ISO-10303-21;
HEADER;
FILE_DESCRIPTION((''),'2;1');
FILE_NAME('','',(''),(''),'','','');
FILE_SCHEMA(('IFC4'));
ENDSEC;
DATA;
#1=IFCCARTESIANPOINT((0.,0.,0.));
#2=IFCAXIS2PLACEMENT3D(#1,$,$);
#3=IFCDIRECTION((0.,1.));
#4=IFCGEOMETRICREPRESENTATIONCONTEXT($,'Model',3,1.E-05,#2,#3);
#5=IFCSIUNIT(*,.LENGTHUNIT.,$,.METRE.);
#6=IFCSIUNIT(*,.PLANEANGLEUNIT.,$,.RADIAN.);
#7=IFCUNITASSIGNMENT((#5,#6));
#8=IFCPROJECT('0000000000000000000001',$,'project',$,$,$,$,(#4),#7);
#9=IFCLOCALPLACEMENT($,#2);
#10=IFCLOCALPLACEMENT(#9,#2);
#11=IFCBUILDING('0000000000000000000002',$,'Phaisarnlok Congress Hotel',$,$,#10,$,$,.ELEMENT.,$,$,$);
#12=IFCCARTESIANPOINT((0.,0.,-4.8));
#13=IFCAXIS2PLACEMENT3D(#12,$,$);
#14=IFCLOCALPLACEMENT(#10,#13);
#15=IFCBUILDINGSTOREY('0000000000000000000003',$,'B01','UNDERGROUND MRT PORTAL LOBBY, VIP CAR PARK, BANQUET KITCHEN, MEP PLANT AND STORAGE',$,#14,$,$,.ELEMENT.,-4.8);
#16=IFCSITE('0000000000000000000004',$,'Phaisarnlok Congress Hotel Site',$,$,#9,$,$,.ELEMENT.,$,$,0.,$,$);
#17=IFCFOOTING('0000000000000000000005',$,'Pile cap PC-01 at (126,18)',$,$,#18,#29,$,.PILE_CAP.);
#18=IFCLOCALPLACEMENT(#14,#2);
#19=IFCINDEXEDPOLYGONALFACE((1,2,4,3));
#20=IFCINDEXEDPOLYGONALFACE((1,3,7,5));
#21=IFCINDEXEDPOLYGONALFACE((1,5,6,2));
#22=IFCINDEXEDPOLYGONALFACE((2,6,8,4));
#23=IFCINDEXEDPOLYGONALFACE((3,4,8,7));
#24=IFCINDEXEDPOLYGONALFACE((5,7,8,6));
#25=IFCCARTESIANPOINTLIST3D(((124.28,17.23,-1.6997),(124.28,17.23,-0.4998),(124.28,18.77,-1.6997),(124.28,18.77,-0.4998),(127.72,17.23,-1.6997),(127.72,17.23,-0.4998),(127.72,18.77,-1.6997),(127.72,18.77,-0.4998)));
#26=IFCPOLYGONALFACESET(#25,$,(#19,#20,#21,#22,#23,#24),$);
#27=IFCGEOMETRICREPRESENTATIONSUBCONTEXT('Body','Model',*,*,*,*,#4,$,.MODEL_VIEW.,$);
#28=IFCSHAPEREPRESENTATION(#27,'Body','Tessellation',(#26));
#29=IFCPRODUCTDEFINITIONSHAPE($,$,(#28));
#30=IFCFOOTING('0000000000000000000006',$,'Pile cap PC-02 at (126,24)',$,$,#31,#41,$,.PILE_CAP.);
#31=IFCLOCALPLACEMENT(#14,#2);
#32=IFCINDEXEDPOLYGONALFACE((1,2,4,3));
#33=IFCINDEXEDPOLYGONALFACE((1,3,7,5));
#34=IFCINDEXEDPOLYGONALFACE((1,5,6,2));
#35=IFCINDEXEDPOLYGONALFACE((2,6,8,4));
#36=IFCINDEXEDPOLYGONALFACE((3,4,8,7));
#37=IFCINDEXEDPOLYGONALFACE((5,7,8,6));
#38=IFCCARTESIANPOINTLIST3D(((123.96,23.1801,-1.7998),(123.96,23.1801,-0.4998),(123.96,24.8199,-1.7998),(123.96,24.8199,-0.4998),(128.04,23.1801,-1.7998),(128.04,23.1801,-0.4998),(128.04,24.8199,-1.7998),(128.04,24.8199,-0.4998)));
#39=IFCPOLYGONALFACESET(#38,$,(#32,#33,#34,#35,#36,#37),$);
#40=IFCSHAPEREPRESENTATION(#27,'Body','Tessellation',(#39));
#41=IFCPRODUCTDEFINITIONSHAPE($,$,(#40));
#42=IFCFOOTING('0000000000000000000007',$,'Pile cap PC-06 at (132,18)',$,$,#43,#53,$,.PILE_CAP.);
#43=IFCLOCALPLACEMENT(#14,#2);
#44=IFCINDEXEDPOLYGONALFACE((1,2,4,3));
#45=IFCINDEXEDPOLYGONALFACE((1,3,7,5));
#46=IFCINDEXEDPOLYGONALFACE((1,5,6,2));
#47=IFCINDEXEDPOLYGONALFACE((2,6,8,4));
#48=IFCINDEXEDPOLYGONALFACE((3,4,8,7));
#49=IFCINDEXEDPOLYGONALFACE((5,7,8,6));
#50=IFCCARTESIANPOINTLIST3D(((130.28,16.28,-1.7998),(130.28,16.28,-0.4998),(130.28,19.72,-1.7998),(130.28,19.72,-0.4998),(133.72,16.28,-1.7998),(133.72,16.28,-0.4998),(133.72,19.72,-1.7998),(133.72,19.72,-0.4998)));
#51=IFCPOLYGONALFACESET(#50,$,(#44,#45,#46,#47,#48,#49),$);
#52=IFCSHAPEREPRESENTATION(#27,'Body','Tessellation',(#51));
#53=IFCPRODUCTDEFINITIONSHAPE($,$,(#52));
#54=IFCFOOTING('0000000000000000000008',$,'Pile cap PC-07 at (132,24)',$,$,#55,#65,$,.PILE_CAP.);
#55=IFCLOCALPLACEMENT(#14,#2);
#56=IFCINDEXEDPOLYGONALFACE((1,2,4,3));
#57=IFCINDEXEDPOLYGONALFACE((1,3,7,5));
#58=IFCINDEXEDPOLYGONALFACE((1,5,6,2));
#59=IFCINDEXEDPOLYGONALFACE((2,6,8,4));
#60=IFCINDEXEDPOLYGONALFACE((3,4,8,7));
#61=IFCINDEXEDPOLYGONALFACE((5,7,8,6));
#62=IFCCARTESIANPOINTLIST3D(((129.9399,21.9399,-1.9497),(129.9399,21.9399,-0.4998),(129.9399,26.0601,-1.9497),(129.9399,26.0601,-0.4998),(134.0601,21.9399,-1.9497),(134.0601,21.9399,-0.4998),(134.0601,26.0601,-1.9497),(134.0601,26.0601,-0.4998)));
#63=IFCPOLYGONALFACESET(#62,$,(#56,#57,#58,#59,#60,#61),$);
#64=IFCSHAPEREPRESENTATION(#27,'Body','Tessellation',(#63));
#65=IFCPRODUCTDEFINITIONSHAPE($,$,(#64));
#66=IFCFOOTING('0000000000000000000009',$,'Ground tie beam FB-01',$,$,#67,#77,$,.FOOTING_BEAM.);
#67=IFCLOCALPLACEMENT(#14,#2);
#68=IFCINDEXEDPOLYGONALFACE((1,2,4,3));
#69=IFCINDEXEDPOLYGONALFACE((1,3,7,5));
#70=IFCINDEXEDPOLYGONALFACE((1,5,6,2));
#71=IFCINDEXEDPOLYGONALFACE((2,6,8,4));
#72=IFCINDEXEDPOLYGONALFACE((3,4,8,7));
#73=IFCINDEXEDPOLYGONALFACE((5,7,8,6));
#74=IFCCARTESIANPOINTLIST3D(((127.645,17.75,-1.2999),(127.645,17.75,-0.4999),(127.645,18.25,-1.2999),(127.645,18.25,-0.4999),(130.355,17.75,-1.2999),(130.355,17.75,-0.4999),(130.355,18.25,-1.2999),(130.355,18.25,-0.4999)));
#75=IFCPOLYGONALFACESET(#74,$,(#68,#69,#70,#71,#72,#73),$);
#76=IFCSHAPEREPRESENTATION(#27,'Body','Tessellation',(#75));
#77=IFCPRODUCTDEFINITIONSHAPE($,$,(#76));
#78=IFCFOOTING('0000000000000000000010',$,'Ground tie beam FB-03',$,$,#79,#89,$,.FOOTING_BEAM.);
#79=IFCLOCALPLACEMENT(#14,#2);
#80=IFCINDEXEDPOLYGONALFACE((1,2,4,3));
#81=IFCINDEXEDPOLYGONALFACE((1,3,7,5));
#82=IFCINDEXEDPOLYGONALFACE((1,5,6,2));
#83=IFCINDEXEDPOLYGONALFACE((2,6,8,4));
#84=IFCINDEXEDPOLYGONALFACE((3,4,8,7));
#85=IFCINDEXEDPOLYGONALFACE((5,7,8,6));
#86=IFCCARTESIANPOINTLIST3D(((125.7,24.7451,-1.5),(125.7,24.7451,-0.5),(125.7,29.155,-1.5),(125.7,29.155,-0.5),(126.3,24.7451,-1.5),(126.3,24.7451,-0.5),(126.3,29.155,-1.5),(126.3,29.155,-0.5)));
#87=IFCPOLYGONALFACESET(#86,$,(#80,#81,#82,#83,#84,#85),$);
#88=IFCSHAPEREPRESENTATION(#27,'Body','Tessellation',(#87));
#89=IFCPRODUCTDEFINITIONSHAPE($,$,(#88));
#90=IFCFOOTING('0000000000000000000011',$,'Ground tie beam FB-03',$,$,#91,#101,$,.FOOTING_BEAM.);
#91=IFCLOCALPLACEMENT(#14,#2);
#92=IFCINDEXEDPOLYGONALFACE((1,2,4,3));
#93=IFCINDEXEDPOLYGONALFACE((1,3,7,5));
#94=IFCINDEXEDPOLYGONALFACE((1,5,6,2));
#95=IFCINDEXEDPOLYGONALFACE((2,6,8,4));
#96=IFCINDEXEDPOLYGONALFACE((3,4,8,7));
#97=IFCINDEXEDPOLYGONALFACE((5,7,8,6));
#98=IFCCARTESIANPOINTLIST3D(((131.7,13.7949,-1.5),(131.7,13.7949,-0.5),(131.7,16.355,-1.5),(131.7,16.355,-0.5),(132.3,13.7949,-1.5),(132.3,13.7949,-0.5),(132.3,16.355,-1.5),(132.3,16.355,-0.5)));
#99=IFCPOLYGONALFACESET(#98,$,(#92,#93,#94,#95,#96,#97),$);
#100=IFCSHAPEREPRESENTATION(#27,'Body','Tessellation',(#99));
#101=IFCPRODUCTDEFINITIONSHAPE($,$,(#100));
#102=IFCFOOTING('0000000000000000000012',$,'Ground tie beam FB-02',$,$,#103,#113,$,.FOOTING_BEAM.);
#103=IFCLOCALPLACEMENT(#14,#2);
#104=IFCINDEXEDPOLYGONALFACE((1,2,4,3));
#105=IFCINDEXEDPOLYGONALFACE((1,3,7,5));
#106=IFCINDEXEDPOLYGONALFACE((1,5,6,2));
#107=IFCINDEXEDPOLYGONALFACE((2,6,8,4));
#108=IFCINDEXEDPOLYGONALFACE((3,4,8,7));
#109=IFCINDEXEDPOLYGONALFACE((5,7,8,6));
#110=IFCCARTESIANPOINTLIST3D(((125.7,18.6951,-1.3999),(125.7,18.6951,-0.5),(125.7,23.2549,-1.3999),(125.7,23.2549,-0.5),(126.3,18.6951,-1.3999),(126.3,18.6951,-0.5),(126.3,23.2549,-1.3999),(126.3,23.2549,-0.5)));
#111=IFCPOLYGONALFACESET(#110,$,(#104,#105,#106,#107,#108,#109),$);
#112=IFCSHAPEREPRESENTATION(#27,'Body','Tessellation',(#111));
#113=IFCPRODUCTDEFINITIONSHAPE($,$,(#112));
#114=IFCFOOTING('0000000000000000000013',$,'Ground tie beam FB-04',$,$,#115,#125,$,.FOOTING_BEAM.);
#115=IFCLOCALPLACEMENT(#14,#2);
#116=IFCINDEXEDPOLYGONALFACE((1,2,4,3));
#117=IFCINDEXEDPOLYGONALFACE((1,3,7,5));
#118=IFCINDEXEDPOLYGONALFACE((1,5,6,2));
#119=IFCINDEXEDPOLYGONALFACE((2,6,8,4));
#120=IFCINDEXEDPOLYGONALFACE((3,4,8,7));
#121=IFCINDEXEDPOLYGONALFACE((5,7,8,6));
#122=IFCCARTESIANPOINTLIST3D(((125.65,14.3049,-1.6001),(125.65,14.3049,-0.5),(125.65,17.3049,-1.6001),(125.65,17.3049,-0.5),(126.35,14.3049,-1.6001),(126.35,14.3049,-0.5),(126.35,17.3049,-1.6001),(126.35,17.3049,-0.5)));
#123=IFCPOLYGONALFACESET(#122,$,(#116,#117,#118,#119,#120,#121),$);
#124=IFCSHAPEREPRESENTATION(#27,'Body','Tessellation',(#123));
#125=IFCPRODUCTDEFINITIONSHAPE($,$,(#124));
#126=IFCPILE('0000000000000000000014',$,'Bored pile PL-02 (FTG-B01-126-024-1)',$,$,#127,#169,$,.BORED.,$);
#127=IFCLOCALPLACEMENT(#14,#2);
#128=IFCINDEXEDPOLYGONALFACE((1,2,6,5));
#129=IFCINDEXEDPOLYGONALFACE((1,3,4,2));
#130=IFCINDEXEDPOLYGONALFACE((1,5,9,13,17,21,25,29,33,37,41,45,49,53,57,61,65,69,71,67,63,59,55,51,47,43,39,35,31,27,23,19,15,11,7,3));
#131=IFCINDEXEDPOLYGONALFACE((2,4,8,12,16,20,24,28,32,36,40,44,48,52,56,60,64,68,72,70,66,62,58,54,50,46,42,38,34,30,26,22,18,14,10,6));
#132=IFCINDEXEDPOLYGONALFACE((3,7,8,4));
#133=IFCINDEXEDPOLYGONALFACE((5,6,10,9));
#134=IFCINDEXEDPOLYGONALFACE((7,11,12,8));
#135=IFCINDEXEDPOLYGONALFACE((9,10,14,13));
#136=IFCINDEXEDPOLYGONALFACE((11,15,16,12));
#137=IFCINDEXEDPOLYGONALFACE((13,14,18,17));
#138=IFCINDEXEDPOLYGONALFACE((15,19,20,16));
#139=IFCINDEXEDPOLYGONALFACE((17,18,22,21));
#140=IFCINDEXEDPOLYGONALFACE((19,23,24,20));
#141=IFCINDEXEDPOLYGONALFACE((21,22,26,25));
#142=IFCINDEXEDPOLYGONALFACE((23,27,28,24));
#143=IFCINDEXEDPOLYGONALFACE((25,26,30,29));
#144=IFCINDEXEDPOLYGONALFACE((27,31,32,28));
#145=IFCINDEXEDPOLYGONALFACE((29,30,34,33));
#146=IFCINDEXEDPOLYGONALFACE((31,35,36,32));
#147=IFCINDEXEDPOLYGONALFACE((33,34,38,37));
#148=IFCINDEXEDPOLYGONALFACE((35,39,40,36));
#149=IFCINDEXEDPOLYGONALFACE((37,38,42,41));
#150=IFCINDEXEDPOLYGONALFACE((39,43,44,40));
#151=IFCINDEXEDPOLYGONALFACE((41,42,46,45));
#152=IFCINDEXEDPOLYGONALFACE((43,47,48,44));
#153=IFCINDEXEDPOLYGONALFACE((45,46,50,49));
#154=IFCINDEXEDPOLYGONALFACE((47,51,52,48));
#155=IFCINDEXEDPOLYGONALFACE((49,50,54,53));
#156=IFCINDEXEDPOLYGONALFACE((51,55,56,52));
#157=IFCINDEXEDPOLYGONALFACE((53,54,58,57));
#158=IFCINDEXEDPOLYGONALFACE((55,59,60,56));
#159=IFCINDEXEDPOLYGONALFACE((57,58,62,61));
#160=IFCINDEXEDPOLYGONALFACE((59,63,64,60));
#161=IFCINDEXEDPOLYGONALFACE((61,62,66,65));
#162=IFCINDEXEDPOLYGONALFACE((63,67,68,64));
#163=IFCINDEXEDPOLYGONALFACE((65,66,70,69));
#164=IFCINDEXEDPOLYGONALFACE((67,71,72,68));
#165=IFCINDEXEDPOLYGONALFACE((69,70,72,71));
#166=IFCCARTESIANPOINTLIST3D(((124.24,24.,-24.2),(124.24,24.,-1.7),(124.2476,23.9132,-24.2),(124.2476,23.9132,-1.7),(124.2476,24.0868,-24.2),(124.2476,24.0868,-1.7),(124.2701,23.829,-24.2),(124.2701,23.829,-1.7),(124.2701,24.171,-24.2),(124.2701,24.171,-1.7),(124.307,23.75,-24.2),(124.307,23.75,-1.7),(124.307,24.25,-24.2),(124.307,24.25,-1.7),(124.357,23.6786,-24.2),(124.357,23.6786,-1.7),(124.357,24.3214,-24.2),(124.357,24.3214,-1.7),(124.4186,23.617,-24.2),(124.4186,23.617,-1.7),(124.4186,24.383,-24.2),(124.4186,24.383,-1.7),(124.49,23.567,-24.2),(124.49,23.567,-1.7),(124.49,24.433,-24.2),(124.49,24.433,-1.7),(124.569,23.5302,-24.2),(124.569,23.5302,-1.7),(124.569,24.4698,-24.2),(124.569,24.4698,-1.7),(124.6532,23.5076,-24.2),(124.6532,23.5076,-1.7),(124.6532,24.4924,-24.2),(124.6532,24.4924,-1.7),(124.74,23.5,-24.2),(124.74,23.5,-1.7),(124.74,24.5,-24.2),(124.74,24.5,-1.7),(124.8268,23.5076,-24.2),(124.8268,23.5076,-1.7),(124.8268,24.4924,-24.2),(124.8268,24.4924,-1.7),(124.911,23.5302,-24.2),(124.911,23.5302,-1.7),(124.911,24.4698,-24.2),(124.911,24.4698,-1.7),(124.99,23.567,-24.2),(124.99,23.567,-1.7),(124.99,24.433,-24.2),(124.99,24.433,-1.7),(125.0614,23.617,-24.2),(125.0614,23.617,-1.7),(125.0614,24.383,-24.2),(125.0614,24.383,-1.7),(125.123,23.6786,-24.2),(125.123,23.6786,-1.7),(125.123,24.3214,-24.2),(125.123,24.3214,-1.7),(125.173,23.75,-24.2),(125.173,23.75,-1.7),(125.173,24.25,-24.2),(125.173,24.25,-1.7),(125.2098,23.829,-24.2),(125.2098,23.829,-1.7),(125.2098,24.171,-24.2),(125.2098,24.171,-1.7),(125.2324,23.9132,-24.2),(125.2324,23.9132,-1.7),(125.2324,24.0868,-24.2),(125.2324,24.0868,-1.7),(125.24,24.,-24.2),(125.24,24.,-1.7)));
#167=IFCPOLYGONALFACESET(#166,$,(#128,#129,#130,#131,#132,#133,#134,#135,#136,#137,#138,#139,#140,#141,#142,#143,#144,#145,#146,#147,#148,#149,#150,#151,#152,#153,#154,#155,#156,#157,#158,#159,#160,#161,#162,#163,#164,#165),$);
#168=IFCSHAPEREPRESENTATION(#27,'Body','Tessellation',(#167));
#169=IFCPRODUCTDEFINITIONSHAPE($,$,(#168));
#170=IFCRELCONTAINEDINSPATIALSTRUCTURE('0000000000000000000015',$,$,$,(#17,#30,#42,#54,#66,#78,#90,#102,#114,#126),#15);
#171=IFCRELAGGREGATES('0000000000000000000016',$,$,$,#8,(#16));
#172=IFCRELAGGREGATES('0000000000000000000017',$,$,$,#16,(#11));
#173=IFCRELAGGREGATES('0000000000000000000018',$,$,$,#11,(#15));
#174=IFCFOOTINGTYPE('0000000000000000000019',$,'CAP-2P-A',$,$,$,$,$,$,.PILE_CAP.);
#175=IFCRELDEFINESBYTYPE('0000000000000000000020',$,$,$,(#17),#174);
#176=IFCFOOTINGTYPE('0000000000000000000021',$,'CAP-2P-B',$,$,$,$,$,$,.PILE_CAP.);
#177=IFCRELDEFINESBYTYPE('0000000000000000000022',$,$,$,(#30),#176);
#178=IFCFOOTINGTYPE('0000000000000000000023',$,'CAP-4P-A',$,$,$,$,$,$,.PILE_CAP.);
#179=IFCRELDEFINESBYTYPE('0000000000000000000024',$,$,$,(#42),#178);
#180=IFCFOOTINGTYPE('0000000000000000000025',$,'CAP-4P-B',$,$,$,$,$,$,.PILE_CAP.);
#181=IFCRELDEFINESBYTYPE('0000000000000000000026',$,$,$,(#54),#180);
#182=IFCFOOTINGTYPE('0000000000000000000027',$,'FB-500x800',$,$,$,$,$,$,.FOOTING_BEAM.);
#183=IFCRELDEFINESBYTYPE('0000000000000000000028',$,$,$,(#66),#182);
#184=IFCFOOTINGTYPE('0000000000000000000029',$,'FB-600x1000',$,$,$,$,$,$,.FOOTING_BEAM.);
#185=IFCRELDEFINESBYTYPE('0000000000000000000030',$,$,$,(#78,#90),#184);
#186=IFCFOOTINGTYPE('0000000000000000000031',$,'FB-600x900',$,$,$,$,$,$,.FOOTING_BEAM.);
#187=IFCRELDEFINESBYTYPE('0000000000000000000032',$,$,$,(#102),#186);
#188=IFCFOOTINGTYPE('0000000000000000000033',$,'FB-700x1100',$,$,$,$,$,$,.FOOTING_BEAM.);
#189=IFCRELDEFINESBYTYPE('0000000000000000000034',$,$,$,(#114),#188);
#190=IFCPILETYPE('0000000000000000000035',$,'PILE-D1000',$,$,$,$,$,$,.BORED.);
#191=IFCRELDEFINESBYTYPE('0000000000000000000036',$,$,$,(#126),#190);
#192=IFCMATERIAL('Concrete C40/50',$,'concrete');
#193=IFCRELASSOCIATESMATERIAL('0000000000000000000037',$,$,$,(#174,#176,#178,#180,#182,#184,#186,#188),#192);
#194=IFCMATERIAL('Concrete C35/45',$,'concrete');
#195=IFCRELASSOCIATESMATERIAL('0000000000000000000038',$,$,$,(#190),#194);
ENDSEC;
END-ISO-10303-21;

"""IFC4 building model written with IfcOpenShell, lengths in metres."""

from ifc_helpers import new_model, si_unit, direction, frame, origin, origin_2d, place, context, subcontext, project, spatial, rectangle, circle, extrude, material, material_profile, profile_set, type_object, element, save


model = new_model("IFC4")

# Units and contexts
model_context = context("Model", 3, precision=1e-05, world=origin(), true_north=direction((0.0, 1.0)))
body_context = subcontext(model_context, "Body", "Model", "MODEL_VIEW")
ifc_project = project(units=[si_unit("LENGTHUNIT", "METRE"), si_unit("PLANEANGLEUNIT", "RADIAN")], contexts=[model_context])

# Site, building, storey
site_placement = place(None, origin())
site = spatial("IfcSite", under=ifc_project, at=site_placement, Name="Phaisarnlok Congress Hotel Site", CompositionType="ELEMENT", RefElevation=0.0)
building_placement = place(site_placement, origin())
building = spatial("IfcBuilding", under=site, at=building_placement, Name="Phaisarnlok Congress Hotel", CompositionType="ELEMENT")
storey_placement = place(building_placement, frame((0.0, 0.0, -4.8)))
storey = spatial("IfcBuildingStorey", under=building, at=storey_placement, Name="B01", Description="UNDERGROUND MRT PORTAL LOBBY, VIP CAR PARK, BANQUET KITCHEN, MEP PLANT AND STORAGE", CompositionType="ELEMENT", Elevation=-4.8)

# Footings
ifc_material_1 = material(Name="Concrete C40/50", Category="concrete")
footing_type_1 = type_object("IfcFootingType", Name="CAP-2P-A", PredefinedType="PILE_CAP", material=ifc_material_1)
footing_1_placement = place(storey_placement, frame((126.0, 18.0, -1.6997), z_axis=(0.0, 0.0, 1.0), x_axis=(1.0, 0.0, 0.0)))
element("IfcFooting", 1, at=footing_1_placement, inside=storey, type_object=footing_type_1, Name="Pile cap PC-01 at (126,18)", PredefinedType="PILE_CAP", context=body_context, shape_type="SweptSolid", body=[
    extrude(rectangle(XDim=3.4399, YDim=1.54, at=origin_2d()), origin(), (0.0, 0.0, 1.0), 1.2),
])
footing_type_2 = type_object("IfcFootingType", Name="CAP-2P-B", PredefinedType="PILE_CAP", material=ifc_material_1)
footing_2_placement = place(storey_placement, frame((126.0, 24.0, -1.7998), z_axis=(0.0, 0.0, 1.0), x_axis=(1.0, 0.0, 0.0)))
element("IfcFooting", 2, at=footing_2_placement, inside=storey, type_object=footing_type_2, Name="Pile cap PC-02 at (126,24)", PredefinedType="PILE_CAP", context=body_context, shape_type="SweptSolid", body=[
    extrude(rectangle(XDim=4.0801, YDim=1.6399, at=origin_2d()), origin(), (0.0, 0.0, 1.0), 1.3),
])
footing_type_3 = type_object("IfcFootingType", Name="CAP-4P-A", PredefinedType="PILE_CAP", material=ifc_material_1)
footing_3_placement = place(storey_placement, frame((132.0, 18.0, -1.7998), z_axis=(0.0, 0.0, 1.0), x_axis=(1.0, 0.0, 0.0)))
element("IfcFooting", 3, at=footing_3_placement, inside=storey, type_object=footing_type_3, Name="Pile cap PC-06 at (132,18)", PredefinedType="PILE_CAP", context=body_context, shape_type="SweptSolid", body=[
    extrude(rectangle(XDim=3.4399, YDim=3.4399, at=origin_2d()), origin(), (0.0, 0.0, 1.0), 1.3),
])
footing_type_4 = type_object("IfcFootingType", Name="CAP-4P-B", PredefinedType="PILE_CAP", material=ifc_material_1)
footing_4_placement = place(storey_placement, frame((132.0, 24.0, -1.9497), z_axis=(0.0, 0.0, 1.0), x_axis=(1.0, 0.0, 0.0)))
element("IfcFooting", 4, at=footing_4_placement, inside=storey, type_object=footing_type_4, Name="Pile cap PC-07 at (132,24)", PredefinedType="PILE_CAP", context=body_context, shape_type="SweptSolid", body=[
    extrude(rectangle(XDim=4.1201, YDim=4.1201, at=origin_2d()), origin(), (0.0, 0.0, 1.0), 1.45),
])
ifc_material_profile_1 = material_profile(ifc_material_1, rectangle(XDim=0.5, YDim=0.8, at=origin_2d()), Name="FB-500x800")
ifc_profile_set_1 = profile_set([ifc_material_profile_1], Name="Concrete C40/50")
footing_type_5 = type_object("IfcFootingType", Name="FB-500x800", PredefinedType="FOOTING_BEAM", material=ifc_profile_set_1)
footing_5_placement = place(storey_placement, frame((127.645, 18.0, -0.8999), z_axis=(1.0, 0.0, 0.0), x_axis=(0.0, 1.0, 0.0)))
element("IfcFooting", 5, at=footing_5_placement, inside=storey, type_object=footing_type_5, Name="Ground tie beam FB-01", PredefinedType="FOOTING_BEAM", context=body_context, shape_type="SweptSolid", body=[
    extrude(rectangle(XDim=0.5, YDim=0.8, at=origin_2d()), origin(), (0.0, 0.0, 1.0), 2.71),
])
ifc_material_profile_2 = material_profile(ifc_material_1, rectangle(XDim=0.6001, YDim=1.0, at=origin_2d()), Name="FB-600x1000")
ifc_profile_set_2 = profile_set([ifc_material_profile_2], Name="Concrete C40/50")
footing_type_6 = type_object("IfcFootingType", Name="FB-600x1000", PredefinedType="FOOTING_BEAM", material=ifc_profile_set_2)
footing_6_placement = place(storey_placement, frame((126.0, 24.7451, -1.0), z_axis=(0.0, 1.0, 0.0), x_axis=(-1.0, 0.0, 0.0)))
element("IfcFooting", 6, at=footing_6_placement, inside=storey, type_object=footing_type_6, Name="Ground tie beam FB-03", PredefinedType="FOOTING_BEAM", context=body_context, shape_type="SweptSolid", body=[
    extrude(rectangle(XDim=0.6001, YDim=1.0, at=origin_2d()), origin(), (0.0, 0.0, 1.0), 4.4099),
])
footing_7_placement = place(storey_placement, frame((132.0, 13.7949, -1.0), z_axis=(0.0, 1.0, 0.0), x_axis=(-1.0, 0.0, 0.0)))
element("IfcFooting", 7, at=footing_7_placement, inside=storey, type_object=footing_type_6, Name="Ground tie beam FB-03", PredefinedType="FOOTING_BEAM", context=body_context, shape_type="SweptSolid", body=[
    extrude(rectangle(XDim=0.6001, YDim=1.0, at=origin_2d()), origin(), (0.0, 0.0, 1.0), 2.5601),
])
ifc_material_profile_3 = material_profile(ifc_material_1, rectangle(XDim=0.6001, YDim=0.8999, at=origin_2d()), Name="FB-600x900")
ifc_profile_set_3 = profile_set([ifc_material_profile_3], Name="Concrete C40/50")
footing_type_7 = type_object("IfcFootingType", Name="FB-600x900", PredefinedType="FOOTING_BEAM", material=ifc_profile_set_3)
footing_8_placement = place(storey_placement, frame((126.0, 18.6951, -0.95), z_axis=(0.0, 1.0, 0.0), x_axis=(-1.0, 0.0, 0.0)))
element("IfcFooting", 8, at=footing_8_placement, inside=storey, type_object=footing_type_7, Name="Ground tie beam FB-02", PredefinedType="FOOTING_BEAM", context=body_context, shape_type="SweptSolid", body=[
    extrude(rectangle(XDim=0.6001, YDim=0.8999, at=origin_2d()), origin(), (0.0, 0.0, 1.0), 4.5598),
])
ifc_material_profile_4 = material_profile(ifc_material_1, rectangle(XDim=0.7, YDim=1.1001, at=origin_2d()), Name="FB-700x1100")
ifc_profile_set_4 = profile_set([ifc_material_profile_4], Name="Concrete C40/50")
footing_type_8 = type_object("IfcFootingType", Name="FB-700x1100", PredefinedType="FOOTING_BEAM", material=ifc_profile_set_4)
footing_9_placement = place(storey_placement, frame((126.0, 14.3049, -1.05), z_axis=(0.0, 1.0, 0.0), x_axis=(-1.0, 0.0, 0.0)))
element("IfcFooting", 9, at=footing_9_placement, inside=storey, type_object=footing_type_8, Name="Ground tie beam FB-04", PredefinedType="FOOTING_BEAM", context=body_context, shape_type="SweptSolid", body=[
    extrude(rectangle(XDim=0.7, YDim=1.1001, at=origin_2d()), origin(), (0.0, 0.0, 1.0), 3.0),
])

# Pile
ifc_material_2 = material(Name="Concrete C35/45", Category="concrete")
ifc_material_profile_5 = material_profile(ifc_material_2, circle(Radius=0.5, at=origin_2d()), Name="BORED PILE D1000")
ifc_profile_set_5 = profile_set([ifc_material_profile_5], Name="Concrete C35/45")
pile_type_1 = type_object("IfcPileType", Name="PILE-D1000", PredefinedType="BORED", material=ifc_profile_set_5)
for number, where, z_axis, x_axis, name in (
    (10, (124.74, 24.0, -1.7), (0.0, 0.0, -1.0), (1.0, 0.0, 0.0), "Bored pile PL-02 (FTG-B01-126-024-1)"),
):
    element("IfcPile", number, at=place(storey_placement, frame(where, z_axis=z_axis, x_axis=x_axis)), inside=storey, type_object=pile_type_1, Name=name, PredefinedType="BORED", context=body_context, shape_type="SweptSolid", body=[
        extrude(circle(Radius=0.5, at=origin_2d()), origin(), (0.0, 0.0, 1.0), 22.5),
    ])

save(model, "model.ifc")
